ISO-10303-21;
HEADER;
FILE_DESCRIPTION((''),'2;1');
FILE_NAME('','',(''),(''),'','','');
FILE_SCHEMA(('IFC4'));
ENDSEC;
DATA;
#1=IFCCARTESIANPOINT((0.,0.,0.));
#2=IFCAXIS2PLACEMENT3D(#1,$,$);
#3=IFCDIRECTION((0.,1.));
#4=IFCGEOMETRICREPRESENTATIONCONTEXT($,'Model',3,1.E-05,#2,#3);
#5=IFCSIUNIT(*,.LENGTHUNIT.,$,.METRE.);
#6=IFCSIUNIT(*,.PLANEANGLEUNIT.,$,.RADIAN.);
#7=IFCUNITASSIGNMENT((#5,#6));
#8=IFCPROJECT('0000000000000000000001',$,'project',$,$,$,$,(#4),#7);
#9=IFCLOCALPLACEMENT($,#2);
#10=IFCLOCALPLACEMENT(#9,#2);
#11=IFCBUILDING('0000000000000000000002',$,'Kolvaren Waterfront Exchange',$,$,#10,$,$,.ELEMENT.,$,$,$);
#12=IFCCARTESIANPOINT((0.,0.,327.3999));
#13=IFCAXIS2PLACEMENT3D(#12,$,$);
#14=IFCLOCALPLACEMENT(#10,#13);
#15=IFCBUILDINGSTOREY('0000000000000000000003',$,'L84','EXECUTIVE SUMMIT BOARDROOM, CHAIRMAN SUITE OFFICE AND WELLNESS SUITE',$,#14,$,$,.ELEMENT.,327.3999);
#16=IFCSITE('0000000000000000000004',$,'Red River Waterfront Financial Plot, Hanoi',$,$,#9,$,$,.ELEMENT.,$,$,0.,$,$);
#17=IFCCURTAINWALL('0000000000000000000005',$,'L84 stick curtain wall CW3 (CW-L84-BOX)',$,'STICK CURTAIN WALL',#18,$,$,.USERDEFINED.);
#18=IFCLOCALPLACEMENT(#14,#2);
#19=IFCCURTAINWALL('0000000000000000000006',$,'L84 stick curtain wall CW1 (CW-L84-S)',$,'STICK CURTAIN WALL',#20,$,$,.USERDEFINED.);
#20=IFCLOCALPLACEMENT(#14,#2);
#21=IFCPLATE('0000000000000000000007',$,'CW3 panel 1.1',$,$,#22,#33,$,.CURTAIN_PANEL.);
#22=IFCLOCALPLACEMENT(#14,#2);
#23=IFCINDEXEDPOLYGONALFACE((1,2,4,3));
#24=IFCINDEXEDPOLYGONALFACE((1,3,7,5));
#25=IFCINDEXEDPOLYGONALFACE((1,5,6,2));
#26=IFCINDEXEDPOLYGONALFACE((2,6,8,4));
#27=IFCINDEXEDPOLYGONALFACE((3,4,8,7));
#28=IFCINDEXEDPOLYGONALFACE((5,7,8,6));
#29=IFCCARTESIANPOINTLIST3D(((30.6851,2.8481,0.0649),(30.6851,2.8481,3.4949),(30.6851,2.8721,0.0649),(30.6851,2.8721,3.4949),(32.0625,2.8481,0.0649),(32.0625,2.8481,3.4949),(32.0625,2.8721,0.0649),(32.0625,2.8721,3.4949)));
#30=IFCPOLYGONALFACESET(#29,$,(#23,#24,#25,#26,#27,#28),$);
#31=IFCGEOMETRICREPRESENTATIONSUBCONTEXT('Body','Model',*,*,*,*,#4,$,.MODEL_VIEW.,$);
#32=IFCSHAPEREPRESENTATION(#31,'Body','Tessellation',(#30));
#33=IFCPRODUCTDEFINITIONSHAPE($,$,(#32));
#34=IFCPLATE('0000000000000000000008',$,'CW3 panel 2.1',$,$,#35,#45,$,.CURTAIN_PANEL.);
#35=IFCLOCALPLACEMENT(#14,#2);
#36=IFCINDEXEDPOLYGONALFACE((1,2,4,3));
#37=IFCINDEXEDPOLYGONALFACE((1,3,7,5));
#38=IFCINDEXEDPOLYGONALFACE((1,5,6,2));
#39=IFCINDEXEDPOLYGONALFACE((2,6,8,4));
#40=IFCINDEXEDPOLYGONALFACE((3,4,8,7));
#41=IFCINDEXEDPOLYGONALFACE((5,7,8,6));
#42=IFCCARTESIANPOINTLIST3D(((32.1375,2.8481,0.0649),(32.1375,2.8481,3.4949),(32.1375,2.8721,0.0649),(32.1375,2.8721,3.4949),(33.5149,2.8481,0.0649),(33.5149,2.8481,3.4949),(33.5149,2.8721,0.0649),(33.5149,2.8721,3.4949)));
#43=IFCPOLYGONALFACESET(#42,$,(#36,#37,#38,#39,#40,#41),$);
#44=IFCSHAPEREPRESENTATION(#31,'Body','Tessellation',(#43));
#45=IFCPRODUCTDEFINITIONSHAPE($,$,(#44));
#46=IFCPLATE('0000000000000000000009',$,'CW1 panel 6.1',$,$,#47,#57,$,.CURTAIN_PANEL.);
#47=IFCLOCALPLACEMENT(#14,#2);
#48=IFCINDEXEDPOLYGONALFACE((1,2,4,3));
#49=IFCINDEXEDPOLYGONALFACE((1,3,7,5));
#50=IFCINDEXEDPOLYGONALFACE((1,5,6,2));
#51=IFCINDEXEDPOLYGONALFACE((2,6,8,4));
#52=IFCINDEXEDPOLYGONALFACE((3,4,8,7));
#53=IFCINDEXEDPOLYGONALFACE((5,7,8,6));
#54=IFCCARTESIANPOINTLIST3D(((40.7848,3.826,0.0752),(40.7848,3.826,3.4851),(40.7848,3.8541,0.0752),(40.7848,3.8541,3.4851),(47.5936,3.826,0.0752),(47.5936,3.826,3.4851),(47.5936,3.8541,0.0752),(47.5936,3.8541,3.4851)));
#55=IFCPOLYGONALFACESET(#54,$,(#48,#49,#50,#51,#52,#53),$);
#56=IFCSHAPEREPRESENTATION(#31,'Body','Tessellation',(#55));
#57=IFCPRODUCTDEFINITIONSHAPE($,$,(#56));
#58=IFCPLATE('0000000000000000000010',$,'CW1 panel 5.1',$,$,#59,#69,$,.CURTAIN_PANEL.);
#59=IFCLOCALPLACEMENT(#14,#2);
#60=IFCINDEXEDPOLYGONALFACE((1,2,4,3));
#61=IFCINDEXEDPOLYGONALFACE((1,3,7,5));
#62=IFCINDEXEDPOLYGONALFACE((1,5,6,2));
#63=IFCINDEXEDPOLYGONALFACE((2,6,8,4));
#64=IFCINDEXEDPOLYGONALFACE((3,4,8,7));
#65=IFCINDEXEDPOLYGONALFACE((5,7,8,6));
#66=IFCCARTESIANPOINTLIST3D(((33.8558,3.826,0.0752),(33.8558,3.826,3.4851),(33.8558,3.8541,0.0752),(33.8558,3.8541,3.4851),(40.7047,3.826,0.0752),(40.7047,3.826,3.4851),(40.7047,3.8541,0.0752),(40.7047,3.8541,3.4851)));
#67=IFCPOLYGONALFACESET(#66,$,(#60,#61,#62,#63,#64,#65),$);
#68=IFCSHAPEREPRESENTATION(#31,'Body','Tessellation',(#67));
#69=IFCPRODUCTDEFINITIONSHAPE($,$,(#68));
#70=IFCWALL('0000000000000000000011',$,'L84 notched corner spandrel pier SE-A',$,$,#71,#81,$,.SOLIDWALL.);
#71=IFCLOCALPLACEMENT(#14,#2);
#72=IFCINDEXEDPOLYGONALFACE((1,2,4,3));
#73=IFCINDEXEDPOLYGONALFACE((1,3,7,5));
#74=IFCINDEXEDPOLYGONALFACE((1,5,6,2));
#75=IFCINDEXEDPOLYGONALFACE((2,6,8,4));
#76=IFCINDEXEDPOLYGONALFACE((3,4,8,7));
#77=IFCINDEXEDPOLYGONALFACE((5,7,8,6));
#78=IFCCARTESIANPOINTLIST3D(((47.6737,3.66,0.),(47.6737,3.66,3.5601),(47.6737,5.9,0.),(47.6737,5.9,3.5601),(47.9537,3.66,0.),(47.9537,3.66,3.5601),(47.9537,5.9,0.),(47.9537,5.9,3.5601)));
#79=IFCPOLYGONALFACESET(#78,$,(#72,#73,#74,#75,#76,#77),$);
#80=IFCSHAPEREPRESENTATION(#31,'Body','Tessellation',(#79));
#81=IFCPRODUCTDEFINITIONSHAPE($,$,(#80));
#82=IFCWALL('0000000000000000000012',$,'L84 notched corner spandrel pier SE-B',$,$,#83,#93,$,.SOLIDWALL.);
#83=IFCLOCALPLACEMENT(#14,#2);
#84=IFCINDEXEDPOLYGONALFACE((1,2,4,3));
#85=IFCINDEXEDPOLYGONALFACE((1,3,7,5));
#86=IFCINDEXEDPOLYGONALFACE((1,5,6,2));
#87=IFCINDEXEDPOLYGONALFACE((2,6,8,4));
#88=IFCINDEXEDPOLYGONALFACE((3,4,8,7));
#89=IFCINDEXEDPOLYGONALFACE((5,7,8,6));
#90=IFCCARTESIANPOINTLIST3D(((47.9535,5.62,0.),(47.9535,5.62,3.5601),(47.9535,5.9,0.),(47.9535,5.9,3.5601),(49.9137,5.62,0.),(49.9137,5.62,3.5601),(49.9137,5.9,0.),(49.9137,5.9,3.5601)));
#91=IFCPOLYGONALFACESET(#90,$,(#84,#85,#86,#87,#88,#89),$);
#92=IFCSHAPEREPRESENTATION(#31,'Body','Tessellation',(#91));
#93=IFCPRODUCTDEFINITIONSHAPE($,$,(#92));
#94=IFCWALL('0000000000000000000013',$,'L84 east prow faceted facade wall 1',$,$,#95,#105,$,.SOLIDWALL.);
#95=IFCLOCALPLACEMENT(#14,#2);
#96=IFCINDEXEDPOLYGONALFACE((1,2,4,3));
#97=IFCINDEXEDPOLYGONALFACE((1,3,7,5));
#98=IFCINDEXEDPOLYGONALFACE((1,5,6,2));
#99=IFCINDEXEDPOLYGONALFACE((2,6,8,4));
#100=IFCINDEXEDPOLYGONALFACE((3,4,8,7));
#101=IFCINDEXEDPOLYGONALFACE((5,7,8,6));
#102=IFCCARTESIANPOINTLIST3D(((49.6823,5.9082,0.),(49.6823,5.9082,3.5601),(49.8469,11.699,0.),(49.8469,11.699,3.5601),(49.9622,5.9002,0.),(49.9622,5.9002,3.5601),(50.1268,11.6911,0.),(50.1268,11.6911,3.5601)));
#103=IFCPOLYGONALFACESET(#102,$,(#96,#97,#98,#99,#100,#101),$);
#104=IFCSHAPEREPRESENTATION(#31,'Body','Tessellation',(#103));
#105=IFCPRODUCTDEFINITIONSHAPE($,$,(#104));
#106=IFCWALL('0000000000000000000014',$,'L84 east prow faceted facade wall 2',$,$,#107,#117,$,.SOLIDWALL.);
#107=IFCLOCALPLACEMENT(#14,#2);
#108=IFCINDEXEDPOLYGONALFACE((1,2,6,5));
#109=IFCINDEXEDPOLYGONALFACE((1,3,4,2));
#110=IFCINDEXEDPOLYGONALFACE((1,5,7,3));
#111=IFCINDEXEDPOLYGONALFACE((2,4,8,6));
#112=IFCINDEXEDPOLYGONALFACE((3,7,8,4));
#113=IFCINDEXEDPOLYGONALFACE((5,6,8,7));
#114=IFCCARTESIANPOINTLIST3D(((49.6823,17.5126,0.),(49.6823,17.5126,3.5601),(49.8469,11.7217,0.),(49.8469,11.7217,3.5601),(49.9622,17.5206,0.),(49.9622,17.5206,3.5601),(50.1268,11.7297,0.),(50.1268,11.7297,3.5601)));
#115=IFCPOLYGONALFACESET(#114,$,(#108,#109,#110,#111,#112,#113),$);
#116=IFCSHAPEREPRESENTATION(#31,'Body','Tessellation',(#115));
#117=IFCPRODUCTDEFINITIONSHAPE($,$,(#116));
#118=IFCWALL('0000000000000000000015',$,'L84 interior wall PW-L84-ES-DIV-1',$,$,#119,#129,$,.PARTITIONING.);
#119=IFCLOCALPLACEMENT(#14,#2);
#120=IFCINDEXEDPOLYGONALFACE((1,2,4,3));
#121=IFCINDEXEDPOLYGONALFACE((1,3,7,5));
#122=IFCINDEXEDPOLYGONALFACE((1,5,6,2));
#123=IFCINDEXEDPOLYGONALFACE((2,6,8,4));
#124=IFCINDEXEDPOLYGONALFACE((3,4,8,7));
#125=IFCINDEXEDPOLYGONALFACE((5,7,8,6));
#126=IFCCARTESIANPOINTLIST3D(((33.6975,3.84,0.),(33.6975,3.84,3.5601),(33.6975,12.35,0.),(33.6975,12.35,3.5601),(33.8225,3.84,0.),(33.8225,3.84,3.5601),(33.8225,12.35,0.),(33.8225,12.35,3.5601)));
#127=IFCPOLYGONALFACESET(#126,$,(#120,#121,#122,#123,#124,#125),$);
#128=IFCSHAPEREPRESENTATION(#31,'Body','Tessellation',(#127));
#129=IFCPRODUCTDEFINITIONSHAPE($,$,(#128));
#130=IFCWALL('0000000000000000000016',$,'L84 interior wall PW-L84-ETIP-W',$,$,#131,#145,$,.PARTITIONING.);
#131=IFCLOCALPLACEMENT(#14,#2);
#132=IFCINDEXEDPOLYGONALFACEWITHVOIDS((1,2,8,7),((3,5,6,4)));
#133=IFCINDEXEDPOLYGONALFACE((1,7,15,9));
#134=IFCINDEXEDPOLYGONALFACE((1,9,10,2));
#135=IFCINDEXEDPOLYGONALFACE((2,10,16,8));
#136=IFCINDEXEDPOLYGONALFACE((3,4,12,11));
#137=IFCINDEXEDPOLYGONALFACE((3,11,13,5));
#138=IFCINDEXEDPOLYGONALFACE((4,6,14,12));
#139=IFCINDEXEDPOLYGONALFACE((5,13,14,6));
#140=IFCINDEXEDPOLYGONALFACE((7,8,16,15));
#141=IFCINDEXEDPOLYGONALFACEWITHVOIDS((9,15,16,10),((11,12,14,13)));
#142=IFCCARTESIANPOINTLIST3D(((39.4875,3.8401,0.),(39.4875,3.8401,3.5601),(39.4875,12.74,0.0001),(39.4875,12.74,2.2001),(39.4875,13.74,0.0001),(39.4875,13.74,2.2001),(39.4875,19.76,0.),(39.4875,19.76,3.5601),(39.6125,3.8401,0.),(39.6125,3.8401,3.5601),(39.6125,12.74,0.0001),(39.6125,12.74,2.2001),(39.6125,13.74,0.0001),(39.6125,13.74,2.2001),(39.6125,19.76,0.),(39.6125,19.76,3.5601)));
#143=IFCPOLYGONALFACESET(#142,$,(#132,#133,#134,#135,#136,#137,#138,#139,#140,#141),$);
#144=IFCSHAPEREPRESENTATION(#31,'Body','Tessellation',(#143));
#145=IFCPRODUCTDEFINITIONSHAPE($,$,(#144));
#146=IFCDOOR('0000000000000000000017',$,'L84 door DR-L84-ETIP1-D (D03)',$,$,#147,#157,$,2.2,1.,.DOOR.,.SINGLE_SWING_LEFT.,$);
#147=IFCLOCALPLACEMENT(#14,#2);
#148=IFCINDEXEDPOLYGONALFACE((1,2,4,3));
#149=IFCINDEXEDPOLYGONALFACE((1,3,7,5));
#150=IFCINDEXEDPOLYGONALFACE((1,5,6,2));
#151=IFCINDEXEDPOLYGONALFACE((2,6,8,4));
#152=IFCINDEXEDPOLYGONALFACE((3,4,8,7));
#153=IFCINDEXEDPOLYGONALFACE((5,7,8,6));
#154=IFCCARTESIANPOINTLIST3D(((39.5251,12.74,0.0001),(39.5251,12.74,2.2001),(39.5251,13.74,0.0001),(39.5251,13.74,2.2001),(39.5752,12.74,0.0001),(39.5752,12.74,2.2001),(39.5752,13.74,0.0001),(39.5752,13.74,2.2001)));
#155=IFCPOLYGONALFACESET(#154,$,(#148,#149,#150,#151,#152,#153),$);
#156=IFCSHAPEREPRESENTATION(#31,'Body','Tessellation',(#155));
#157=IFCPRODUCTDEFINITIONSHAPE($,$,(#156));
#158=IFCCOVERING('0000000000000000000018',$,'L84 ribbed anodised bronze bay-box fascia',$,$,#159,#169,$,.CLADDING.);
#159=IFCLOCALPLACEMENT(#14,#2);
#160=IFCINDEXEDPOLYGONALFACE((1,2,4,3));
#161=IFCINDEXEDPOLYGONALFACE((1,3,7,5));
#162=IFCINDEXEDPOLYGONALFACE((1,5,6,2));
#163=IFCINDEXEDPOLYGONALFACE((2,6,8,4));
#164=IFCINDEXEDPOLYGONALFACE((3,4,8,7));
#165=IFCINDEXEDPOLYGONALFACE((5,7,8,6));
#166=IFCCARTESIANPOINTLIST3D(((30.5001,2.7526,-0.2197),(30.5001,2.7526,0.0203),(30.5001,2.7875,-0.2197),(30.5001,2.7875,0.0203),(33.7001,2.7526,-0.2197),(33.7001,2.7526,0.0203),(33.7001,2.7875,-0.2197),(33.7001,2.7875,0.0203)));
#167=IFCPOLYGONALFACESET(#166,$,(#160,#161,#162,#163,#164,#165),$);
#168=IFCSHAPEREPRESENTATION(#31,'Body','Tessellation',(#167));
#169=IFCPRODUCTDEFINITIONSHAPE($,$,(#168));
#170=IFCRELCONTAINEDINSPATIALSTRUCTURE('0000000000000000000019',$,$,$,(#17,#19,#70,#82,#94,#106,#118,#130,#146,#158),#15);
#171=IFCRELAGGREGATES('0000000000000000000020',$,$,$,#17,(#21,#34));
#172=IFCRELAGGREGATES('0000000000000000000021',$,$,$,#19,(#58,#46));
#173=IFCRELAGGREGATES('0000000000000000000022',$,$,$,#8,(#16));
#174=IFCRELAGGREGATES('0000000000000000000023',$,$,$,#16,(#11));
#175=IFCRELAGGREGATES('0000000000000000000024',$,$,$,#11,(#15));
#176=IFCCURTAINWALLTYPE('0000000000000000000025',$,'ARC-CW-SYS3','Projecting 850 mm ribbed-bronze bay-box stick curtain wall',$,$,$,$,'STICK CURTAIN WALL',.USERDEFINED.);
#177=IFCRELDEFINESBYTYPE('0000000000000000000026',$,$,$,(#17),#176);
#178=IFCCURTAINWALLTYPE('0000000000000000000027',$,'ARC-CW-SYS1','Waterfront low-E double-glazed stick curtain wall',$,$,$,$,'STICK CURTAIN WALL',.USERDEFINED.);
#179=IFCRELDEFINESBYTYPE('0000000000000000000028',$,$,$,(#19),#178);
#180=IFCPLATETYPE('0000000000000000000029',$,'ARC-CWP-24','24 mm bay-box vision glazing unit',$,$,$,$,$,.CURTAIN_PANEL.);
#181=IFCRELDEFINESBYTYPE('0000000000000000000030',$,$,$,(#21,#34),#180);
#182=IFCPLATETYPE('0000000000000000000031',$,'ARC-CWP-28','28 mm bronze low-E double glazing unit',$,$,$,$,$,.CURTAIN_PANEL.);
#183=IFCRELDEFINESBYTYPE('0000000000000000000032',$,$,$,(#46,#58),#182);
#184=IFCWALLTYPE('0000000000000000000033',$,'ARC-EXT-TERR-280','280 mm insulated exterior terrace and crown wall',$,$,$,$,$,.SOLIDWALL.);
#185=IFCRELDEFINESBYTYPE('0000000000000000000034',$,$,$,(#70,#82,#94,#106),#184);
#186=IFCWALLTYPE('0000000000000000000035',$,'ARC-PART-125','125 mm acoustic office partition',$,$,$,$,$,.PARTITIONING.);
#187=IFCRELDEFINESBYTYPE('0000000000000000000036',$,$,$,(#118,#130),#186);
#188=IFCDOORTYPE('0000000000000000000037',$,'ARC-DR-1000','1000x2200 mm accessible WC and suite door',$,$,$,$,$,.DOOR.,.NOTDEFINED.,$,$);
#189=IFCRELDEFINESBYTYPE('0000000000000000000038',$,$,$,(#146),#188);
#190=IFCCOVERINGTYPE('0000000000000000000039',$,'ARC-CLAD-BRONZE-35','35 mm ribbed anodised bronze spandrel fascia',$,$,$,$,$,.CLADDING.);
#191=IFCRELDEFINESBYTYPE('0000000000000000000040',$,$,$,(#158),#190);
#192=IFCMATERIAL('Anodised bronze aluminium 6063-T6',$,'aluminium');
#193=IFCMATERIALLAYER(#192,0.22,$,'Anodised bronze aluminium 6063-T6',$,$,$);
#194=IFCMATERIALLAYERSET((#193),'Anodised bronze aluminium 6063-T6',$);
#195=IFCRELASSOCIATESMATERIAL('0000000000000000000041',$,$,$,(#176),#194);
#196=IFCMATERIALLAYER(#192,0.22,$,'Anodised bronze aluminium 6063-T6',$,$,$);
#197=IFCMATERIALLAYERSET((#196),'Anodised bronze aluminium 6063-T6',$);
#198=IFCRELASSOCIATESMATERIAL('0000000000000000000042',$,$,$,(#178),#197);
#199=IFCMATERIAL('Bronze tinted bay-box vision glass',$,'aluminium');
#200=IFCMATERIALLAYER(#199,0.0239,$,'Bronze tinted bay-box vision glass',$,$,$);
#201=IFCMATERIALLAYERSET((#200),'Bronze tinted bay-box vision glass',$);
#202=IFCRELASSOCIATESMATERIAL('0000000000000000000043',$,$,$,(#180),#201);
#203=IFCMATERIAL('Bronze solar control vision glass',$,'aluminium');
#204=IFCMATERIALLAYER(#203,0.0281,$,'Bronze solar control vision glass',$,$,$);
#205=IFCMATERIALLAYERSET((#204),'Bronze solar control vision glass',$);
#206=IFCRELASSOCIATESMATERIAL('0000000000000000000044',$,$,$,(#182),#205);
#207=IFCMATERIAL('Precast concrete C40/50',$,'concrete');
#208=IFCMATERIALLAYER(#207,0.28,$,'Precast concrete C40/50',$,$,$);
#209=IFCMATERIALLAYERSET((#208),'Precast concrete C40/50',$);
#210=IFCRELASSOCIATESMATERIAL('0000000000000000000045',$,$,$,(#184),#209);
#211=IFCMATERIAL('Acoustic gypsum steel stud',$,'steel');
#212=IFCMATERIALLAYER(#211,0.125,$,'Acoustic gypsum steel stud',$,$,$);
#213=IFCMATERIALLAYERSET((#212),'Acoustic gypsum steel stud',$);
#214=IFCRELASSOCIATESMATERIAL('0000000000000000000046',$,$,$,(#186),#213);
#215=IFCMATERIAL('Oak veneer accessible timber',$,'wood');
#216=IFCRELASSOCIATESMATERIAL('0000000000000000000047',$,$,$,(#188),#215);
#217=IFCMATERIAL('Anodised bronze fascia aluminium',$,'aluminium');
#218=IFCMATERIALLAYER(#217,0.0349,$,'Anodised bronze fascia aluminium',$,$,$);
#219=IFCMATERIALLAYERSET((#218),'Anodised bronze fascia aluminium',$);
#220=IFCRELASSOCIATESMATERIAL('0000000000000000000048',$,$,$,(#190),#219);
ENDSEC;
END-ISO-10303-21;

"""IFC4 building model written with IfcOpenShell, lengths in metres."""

from ifc_helpers import new_model, si_unit, direction, frame, frame_2d, origin, origin_with_axes, origin_2d, place, context, subcontext, project, spatial, rectangle, extrude, source, transform, mapped, material, layer, layer_set, type_object, element, fill, aggregate, save


model = new_model("IFC4")

# Units and contexts
model_context = context("Model", 3, precision=1e-05, world=origin(), true_north=direction((0.0, 1.0)))
body_context = subcontext(model_context, "Body", "Model", "MODEL_VIEW")
ifc_project = project(units=[si_unit("LENGTHUNIT", "METRE"), si_unit("PLANEANGLEUNIT", "RADIAN")], contexts=[model_context])

# Site, building, storey
site_placement = place(None, origin())
site = spatial("IfcSite", under=ifc_project, at=site_placement, Name="Red River Waterfront Financial Plot, Hanoi", CompositionType="ELEMENT", RefElevation=0.0)
building_placement = place(site_placement, origin())
building = spatial("IfcBuilding", under=site, at=building_placement, Name="Kolvaren Waterfront Exchange", CompositionType="ELEMENT")
storey_placement = place(building_placement, frame((0.0, 0.0, 327.3999)))
storey = spatial("IfcBuildingStorey", under=building, at=storey_placement, Name="L84", Description="EXECUTIVE SUMMIT BOARDROOM, CHAIRMAN SUITE OFFICE AND WELLNESS SUITE", CompositionType="ELEMENT", Elevation=327.3999)

# Curtain wall
ifc_material_1 = material(Name="Anodised bronze aluminium 6063-T6", Category="aluminium")
ifc_layer_1 = layer(ifc_material_1, 0.22, Name="Anodised bronze aluminium 6063-T6")
ifc_layer_set_1 = layer_set([ifc_layer_1], Name="Anodised bronze aluminium 6063-T6")
curtain_wall_type_1 = type_object("IfcCurtainWallType", Name="ARC-CW-SYS3", Description="Projecting 850 mm ribbed-bronze bay-box stick curtain wall", ElementType="STICK CURTAIN WALL", PredefinedType="USERDEFINED", material=ifc_layer_set_1)
curtain_wall_1_placement = place(storey_placement, origin())
curtain_wall_1 = element("IfcCurtainWall", 1, at=curtain_wall_1_placement, inside=storey, type_object=curtain_wall_type_1, Name="L84 stick curtain wall CW3 (CW-L84-BOX)", ObjectType="STICK CURTAIN WALL", PredefinedType="USERDEFINED")

# Curtain wall
ifc_layer_2 = layer(ifc_material_1, 0.22, Name="Anodised bronze aluminium 6063-T6")
ifc_layer_set_2 = layer_set([ifc_layer_2], Name="Anodised bronze aluminium 6063-T6")
curtain_wall_type_2 = type_object("IfcCurtainWallType", Name="ARC-CW-SYS1", Description="Waterfront low-E double-glazed stick curtain wall", ElementType="STICK CURTAIN WALL", PredefinedType="USERDEFINED", material=ifc_layer_set_2)
curtain_wall_2_placement = place(storey_placement, origin())
curtain_wall_2 = element("IfcCurtainWall", 2, at=curtain_wall_2_placement, inside=storey, type_object=curtain_wall_type_2, Name="L84 stick curtain wall CW1 (CW-L84-S)", ObjectType="STICK CURTAIN WALL", PredefinedType="USERDEFINED")

# Plates
ifc_material_2 = material(Name="Bronze tinted bay-box vision glass", Category="aluminium")
ifc_layer_3 = layer(ifc_material_2, 0.0239, Name="Bronze tinted bay-box vision glass")
ifc_layer_set_3 = layer_set([ifc_layer_3], Name="Bronze tinted bay-box vision glass")
plate_type_1 = type_object("IfcPlateType", Name="ARC-CWP-24", Description="24 mm bay-box vision glazing unit", PredefinedType="CURTAIN_PANEL", material=ifc_layer_set_3)
shared_shape_1 = source(origin_with_axes(), body_context, "Body", "SweptSolid", [
    extrude(rectangle(XDim=1.3774, YDim=0.0239, at=origin_2d()), origin(), (0.0, 0.0, 1.0), 3.4299),
])
plate_1_placement = place(storey_placement, frame((31.3738, 2.8601, 0.0649), z_axis=(0.0, 0.0, 1.0), x_axis=(1.0, 0.0, 0.0)))
plate_1 = element("IfcPlate", 3, at=plate_1_placement, type_object=plate_type_1, Name="CW3 panel 1.1", PredefinedType="CURTAIN_PANEL", context=body_context, shape_type="MappedRepresentation", body=[
    mapped(shared_shape_1, transform((0.0, 0.0, 0.0), x_axis=(1.0, 0.0, 0.0), y_axis=(0.0, 1.0, 0.0), z_axis=(0.0, 0.0, 1.0), scale=1.0)),
])
plate_2_placement = place(storey_placement, frame((32.8262, 2.8601, 0.0649), z_axis=(0.0, 0.0, 1.0), x_axis=(1.0, 0.0, 0.0)))
plate_2 = element("IfcPlate", 4, at=plate_2_placement, type_object=plate_type_1, Name="CW3 panel 2.1", PredefinedType="CURTAIN_PANEL", context=body_context, shape_type="MappedRepresentation", body=[
    mapped(shared_shape_1, transform((0.0, 0.0, 0.0), x_axis=(1.0, 0.0, 0.0), y_axis=(0.0, 1.0, 0.0), z_axis=(0.0, 0.0, 1.0), scale=1.0)),
])
aggregate(curtain_wall_1, [plate_1, plate_2])
ifc_material_3 = material(Name="Bronze solar control vision glass", Category="aluminium")
ifc_layer_4 = layer(ifc_material_3, 0.0281, Name="Bronze solar control vision glass")
ifc_layer_set_4 = layer_set([ifc_layer_4], Name="Bronze solar control vision glass")
plate_type_2 = type_object("IfcPlateType", Name="ARC-CWP-28", Description="28 mm bronze low-E double glazing unit", PredefinedType="CURTAIN_PANEL", material=ifc_layer_set_4)
shared_shape_2 = source(origin_with_axes(), body_context, "Body", "SweptSolid", [
    extrude(rectangle(XDim=6.8088, YDim=0.0281, at=origin_2d()), origin(), (0.0, 0.0, 1.0), 3.4099),
])
plate_3_placement = place(storey_placement, frame((44.1892, 3.8401, 0.0752), z_axis=(0.0, 0.0, 1.0), x_axis=(1.0, 0.0, 0.0)))
plate_3 = element("IfcPlate", 5, at=plate_3_placement, type_object=plate_type_2, Name="CW1 panel 6.1", PredefinedType="CURTAIN_PANEL", context=body_context, shape_type="MappedRepresentation", body=[
    mapped(shared_shape_2, transform((0.0, 0.0, 0.0), x_axis=(1.0, 0.0, 0.0), y_axis=(0.0, 1.0, 0.0), z_axis=(0.0, 0.0, 1.0), scale=1.0)),
])
shared_shape_3 = source(origin_with_axes(), body_context, "Body", "SweptSolid", [
    extrude(rectangle(XDim=6.8489, YDim=0.0281, at=origin_2d()), origin(), (0.0, 0.0, 1.0), 3.4099),
])
plate_4_placement = place(storey_placement, frame((37.2803, 3.8401, 0.0752), z_axis=(0.0, 0.0, 1.0), x_axis=(1.0, 0.0, 0.0)))
plate_4 = element("IfcPlate", 6, at=plate_4_placement, type_object=plate_type_2, Name="CW1 panel 5.1", PredefinedType="CURTAIN_PANEL", context=body_context, shape_type="MappedRepresentation", body=[
    mapped(shared_shape_3, transform((0.0, 0.0, 0.0), x_axis=(1.0, 0.0, 0.0), y_axis=(0.0, 1.0, 0.0), z_axis=(0.0, 0.0, 1.0), scale=1.0)),
])
aggregate(curtain_wall_2, [plate_4, plate_3])

# Walls
ifc_material_4 = material(Name="Precast concrete C40/50", Category="concrete")
ifc_layer_5 = layer(ifc_material_4, 0.28, Name="Precast concrete C40/50")
ifc_layer_set_5 = layer_set([ifc_layer_5], Name="Precast concrete C40/50")
wall_type_1 = type_object("IfcWallType", Name="ARC-EXT-TERR-280", Description="280 mm insulated exterior terrace and crown wall", PredefinedType="SOLIDWALL", material=ifc_layer_set_5)
wall_1_placement = place(storey_placement, frame((47.8137, 3.6599, 0.0), z_axis=(0.0, 0.0, 1.0), x_axis=(0.0, 1.0, 0.0)))
element("IfcWall", 7, at=wall_1_placement, inside=storey, type_object=wall_type_1, Name="L84 notched corner spandrel pier SE-A", PredefinedType="SOLIDWALL", context=body_context, shape_type="SweptSolid", body=[
    extrude(rectangle(XDim=2.24, YDim=0.28, at=frame_2d((1.1201, 0.0))), origin(), (0.0, 0.0, 1.0), 3.5601),
])
wall_2_placement = place(storey_placement, frame((47.9536, 5.76, 0.0), z_axis=(0.0, 0.0, 1.0), x_axis=(1.0, 0.0, 0.0)))
element("IfcWall", 8, at=wall_2_placement, inside=storey, type_object=wall_type_1, Name="L84 notched corner spandrel pier SE-B", PredefinedType="SOLIDWALL", context=body_context, shape_type="SweptSolid", body=[
    extrude(rectangle(XDim=1.9602, YDim=0.28, at=frame_2d((0.98, 0.0))), origin(), (0.0, 0.0, 1.0), 3.5601),
])
for number, where, z_axis, x_axis, name in (
    (9, (49.8223, 5.9043, 0.0), (0.0, 0.0, 1.0), (0.028405, 0.999597, 0.0), "L84 east prow faceted facade wall 1"),
    (10, (49.9868, 11.7258, 0.0), (0.0, 0.0, 1.0), (-0.028405, 0.999597, 0.0), "L84 east prow faceted facade wall 2"),
):
    element("IfcWall", number, at=place(storey_placement, frame(where, z_axis=z_axis, x_axis=x_axis)), inside=storey, type_object=wall_type_1, Name=name, PredefinedType="SOLIDWALL", context=body_context, shape_type="SweptSolid", body=[
        extrude(rectangle(XDim=5.7932, YDim=0.28, at=frame_2d((2.8965, 0.0))), origin(), (0.0, 0.0, 1.0), 3.5601),
    ])
ifc_material_5 = material(Name="Acoustic gypsum steel stud", Category="steel")
ifc_layer_6 = layer(ifc_material_5, 0.125, Name="Acoustic gypsum steel stud")
ifc_layer_set_6 = layer_set([ifc_layer_6], Name="Acoustic gypsum steel stud")
wall_type_2 = type_object("IfcWallType", Name="ARC-PART-125", Description="125 mm acoustic office partition", PredefinedType="PARTITIONING", material=ifc_layer_set_6)
wall_3_placement = place(storey_placement, frame((33.76, 3.8401, 0.0), z_axis=(0.0, 0.0, 1.0), x_axis=(0.0, 1.0, 0.0)))
element("IfcWall", 11, at=wall_3_placement, inside=storey, type_object=wall_type_2, Name="L84 interior wall PW-L84-ES-DIV-1", PredefinedType="PARTITIONING", context=body_context, shape_type="SweptSolid", body=[
    extrude(rectangle(XDim=8.51, YDim=0.125, at=frame_2d((4.2549, 0.0))), origin(), (0.0, 0.0, 1.0), 3.5601),
])

# Wall, opening, door
wall_4_placement = place(storey_placement, frame((39.55, 3.8401, 0.0), z_axis=(0.0, 0.0, 1.0), x_axis=(0.0, 1.0, 0.0)))
wall_4 = element("IfcWall", 12, at=wall_4_placement, inside=storey, type_object=wall_type_2, Name="L84 interior wall PW-L84-ETIP-W", PredefinedType="PARTITIONING", context=body_context, shape_type="SweptSolid", body=[
    extrude(rectangle(XDim=15.9199, YDim=0.125, at=frame_2d((7.96, 0.0))), origin(), (0.0, 0.0, 1.0), 3.5601),
])
opening_placement = place(wall_4_placement, frame((8.8999, 0.0, 0.0)))
opening = element("IfcOpeningElement", 13, at=opening_placement, cuts=wall_4, PredefinedType="OPENING", context=body_context, shape_type="SweptSolid", body=[
    extrude(rectangle(XDim=1.0, YDim=2.2, at=frame_2d((0.5, 1.1001))), frame((0.0, 0.0725, 0.0), z_axis=(0.0, -1.0, 0.0), x_axis=(1.0, 0.0, 0.0)), (0.0, 0.0, 1.0), 0.145),
])
ifc_material_6 = material(Name="Oak veneer accessible timber", Category="wood")
door_type = type_object("IfcDoorType", Name="ARC-DR-1000", Description="1000x2200 mm accessible WC and suite door", OperationType="NOTDEFINED", PredefinedType="DOOR", material=ifc_material_6)
door_placement = place(opening_placement, origin())
door = element("IfcDoor", 14, at=door_placement, inside=storey, type_object=door_type, Name="L84 door DR-L84-ETIP1-D (D03)", OperationType="SINGLE_SWING_LEFT", OverallHeight=2.2, OverallWidth=1.0, PredefinedType="DOOR", context=body_context, shape_type="SweptSolid", body=[
    extrude(rectangle(XDim=1.0, YDim=2.2, at=frame_2d((0.5, 1.1001))), frame((0.0, 0.0249, 0.0), z_axis=(0.0, -1.0, 0.0), x_axis=(1.0, 0.0, 0.0)), (0.0, 0.0, 1.0), 0.05),
])
fill(opening, door)

# Covering
ifc_material_7 = material(Name="Anodised bronze fascia aluminium", Category="aluminium")
ifc_layer_7 = layer(ifc_material_7, 0.0349, Name="Anodised bronze fascia aluminium")
ifc_layer_set_7 = layer_set([ifc_layer_7], Name="Anodised bronze fascia aluminium")
covering_type = type_object("IfcCoveringType", Name="ARC-CLAD-BRONZE-35", Description="35 mm ribbed anodised bronze spandrel fascia", PredefinedType="CLADDING", material=ifc_layer_set_7)
covering_placement = place(storey_placement, frame((32.1001, 2.77, -0.2197), z_axis=(0.0, 0.0, 1.0), x_axis=(1.0, 0.0, 0.0)))
element("IfcCovering", 15, at=covering_placement, inside=storey, type_object=covering_type, Name="L84 ribbed anodised bronze bay-box fascia", PredefinedType="CLADDING", context=body_context, shape_type="SweptSolid", body=[
    extrude(rectangle(XDim=3.2, YDim=0.0349, at=origin_2d()), origin(), (0.0, 0.0, 1.0), 0.24),
])

save(model, "model.ifc")
